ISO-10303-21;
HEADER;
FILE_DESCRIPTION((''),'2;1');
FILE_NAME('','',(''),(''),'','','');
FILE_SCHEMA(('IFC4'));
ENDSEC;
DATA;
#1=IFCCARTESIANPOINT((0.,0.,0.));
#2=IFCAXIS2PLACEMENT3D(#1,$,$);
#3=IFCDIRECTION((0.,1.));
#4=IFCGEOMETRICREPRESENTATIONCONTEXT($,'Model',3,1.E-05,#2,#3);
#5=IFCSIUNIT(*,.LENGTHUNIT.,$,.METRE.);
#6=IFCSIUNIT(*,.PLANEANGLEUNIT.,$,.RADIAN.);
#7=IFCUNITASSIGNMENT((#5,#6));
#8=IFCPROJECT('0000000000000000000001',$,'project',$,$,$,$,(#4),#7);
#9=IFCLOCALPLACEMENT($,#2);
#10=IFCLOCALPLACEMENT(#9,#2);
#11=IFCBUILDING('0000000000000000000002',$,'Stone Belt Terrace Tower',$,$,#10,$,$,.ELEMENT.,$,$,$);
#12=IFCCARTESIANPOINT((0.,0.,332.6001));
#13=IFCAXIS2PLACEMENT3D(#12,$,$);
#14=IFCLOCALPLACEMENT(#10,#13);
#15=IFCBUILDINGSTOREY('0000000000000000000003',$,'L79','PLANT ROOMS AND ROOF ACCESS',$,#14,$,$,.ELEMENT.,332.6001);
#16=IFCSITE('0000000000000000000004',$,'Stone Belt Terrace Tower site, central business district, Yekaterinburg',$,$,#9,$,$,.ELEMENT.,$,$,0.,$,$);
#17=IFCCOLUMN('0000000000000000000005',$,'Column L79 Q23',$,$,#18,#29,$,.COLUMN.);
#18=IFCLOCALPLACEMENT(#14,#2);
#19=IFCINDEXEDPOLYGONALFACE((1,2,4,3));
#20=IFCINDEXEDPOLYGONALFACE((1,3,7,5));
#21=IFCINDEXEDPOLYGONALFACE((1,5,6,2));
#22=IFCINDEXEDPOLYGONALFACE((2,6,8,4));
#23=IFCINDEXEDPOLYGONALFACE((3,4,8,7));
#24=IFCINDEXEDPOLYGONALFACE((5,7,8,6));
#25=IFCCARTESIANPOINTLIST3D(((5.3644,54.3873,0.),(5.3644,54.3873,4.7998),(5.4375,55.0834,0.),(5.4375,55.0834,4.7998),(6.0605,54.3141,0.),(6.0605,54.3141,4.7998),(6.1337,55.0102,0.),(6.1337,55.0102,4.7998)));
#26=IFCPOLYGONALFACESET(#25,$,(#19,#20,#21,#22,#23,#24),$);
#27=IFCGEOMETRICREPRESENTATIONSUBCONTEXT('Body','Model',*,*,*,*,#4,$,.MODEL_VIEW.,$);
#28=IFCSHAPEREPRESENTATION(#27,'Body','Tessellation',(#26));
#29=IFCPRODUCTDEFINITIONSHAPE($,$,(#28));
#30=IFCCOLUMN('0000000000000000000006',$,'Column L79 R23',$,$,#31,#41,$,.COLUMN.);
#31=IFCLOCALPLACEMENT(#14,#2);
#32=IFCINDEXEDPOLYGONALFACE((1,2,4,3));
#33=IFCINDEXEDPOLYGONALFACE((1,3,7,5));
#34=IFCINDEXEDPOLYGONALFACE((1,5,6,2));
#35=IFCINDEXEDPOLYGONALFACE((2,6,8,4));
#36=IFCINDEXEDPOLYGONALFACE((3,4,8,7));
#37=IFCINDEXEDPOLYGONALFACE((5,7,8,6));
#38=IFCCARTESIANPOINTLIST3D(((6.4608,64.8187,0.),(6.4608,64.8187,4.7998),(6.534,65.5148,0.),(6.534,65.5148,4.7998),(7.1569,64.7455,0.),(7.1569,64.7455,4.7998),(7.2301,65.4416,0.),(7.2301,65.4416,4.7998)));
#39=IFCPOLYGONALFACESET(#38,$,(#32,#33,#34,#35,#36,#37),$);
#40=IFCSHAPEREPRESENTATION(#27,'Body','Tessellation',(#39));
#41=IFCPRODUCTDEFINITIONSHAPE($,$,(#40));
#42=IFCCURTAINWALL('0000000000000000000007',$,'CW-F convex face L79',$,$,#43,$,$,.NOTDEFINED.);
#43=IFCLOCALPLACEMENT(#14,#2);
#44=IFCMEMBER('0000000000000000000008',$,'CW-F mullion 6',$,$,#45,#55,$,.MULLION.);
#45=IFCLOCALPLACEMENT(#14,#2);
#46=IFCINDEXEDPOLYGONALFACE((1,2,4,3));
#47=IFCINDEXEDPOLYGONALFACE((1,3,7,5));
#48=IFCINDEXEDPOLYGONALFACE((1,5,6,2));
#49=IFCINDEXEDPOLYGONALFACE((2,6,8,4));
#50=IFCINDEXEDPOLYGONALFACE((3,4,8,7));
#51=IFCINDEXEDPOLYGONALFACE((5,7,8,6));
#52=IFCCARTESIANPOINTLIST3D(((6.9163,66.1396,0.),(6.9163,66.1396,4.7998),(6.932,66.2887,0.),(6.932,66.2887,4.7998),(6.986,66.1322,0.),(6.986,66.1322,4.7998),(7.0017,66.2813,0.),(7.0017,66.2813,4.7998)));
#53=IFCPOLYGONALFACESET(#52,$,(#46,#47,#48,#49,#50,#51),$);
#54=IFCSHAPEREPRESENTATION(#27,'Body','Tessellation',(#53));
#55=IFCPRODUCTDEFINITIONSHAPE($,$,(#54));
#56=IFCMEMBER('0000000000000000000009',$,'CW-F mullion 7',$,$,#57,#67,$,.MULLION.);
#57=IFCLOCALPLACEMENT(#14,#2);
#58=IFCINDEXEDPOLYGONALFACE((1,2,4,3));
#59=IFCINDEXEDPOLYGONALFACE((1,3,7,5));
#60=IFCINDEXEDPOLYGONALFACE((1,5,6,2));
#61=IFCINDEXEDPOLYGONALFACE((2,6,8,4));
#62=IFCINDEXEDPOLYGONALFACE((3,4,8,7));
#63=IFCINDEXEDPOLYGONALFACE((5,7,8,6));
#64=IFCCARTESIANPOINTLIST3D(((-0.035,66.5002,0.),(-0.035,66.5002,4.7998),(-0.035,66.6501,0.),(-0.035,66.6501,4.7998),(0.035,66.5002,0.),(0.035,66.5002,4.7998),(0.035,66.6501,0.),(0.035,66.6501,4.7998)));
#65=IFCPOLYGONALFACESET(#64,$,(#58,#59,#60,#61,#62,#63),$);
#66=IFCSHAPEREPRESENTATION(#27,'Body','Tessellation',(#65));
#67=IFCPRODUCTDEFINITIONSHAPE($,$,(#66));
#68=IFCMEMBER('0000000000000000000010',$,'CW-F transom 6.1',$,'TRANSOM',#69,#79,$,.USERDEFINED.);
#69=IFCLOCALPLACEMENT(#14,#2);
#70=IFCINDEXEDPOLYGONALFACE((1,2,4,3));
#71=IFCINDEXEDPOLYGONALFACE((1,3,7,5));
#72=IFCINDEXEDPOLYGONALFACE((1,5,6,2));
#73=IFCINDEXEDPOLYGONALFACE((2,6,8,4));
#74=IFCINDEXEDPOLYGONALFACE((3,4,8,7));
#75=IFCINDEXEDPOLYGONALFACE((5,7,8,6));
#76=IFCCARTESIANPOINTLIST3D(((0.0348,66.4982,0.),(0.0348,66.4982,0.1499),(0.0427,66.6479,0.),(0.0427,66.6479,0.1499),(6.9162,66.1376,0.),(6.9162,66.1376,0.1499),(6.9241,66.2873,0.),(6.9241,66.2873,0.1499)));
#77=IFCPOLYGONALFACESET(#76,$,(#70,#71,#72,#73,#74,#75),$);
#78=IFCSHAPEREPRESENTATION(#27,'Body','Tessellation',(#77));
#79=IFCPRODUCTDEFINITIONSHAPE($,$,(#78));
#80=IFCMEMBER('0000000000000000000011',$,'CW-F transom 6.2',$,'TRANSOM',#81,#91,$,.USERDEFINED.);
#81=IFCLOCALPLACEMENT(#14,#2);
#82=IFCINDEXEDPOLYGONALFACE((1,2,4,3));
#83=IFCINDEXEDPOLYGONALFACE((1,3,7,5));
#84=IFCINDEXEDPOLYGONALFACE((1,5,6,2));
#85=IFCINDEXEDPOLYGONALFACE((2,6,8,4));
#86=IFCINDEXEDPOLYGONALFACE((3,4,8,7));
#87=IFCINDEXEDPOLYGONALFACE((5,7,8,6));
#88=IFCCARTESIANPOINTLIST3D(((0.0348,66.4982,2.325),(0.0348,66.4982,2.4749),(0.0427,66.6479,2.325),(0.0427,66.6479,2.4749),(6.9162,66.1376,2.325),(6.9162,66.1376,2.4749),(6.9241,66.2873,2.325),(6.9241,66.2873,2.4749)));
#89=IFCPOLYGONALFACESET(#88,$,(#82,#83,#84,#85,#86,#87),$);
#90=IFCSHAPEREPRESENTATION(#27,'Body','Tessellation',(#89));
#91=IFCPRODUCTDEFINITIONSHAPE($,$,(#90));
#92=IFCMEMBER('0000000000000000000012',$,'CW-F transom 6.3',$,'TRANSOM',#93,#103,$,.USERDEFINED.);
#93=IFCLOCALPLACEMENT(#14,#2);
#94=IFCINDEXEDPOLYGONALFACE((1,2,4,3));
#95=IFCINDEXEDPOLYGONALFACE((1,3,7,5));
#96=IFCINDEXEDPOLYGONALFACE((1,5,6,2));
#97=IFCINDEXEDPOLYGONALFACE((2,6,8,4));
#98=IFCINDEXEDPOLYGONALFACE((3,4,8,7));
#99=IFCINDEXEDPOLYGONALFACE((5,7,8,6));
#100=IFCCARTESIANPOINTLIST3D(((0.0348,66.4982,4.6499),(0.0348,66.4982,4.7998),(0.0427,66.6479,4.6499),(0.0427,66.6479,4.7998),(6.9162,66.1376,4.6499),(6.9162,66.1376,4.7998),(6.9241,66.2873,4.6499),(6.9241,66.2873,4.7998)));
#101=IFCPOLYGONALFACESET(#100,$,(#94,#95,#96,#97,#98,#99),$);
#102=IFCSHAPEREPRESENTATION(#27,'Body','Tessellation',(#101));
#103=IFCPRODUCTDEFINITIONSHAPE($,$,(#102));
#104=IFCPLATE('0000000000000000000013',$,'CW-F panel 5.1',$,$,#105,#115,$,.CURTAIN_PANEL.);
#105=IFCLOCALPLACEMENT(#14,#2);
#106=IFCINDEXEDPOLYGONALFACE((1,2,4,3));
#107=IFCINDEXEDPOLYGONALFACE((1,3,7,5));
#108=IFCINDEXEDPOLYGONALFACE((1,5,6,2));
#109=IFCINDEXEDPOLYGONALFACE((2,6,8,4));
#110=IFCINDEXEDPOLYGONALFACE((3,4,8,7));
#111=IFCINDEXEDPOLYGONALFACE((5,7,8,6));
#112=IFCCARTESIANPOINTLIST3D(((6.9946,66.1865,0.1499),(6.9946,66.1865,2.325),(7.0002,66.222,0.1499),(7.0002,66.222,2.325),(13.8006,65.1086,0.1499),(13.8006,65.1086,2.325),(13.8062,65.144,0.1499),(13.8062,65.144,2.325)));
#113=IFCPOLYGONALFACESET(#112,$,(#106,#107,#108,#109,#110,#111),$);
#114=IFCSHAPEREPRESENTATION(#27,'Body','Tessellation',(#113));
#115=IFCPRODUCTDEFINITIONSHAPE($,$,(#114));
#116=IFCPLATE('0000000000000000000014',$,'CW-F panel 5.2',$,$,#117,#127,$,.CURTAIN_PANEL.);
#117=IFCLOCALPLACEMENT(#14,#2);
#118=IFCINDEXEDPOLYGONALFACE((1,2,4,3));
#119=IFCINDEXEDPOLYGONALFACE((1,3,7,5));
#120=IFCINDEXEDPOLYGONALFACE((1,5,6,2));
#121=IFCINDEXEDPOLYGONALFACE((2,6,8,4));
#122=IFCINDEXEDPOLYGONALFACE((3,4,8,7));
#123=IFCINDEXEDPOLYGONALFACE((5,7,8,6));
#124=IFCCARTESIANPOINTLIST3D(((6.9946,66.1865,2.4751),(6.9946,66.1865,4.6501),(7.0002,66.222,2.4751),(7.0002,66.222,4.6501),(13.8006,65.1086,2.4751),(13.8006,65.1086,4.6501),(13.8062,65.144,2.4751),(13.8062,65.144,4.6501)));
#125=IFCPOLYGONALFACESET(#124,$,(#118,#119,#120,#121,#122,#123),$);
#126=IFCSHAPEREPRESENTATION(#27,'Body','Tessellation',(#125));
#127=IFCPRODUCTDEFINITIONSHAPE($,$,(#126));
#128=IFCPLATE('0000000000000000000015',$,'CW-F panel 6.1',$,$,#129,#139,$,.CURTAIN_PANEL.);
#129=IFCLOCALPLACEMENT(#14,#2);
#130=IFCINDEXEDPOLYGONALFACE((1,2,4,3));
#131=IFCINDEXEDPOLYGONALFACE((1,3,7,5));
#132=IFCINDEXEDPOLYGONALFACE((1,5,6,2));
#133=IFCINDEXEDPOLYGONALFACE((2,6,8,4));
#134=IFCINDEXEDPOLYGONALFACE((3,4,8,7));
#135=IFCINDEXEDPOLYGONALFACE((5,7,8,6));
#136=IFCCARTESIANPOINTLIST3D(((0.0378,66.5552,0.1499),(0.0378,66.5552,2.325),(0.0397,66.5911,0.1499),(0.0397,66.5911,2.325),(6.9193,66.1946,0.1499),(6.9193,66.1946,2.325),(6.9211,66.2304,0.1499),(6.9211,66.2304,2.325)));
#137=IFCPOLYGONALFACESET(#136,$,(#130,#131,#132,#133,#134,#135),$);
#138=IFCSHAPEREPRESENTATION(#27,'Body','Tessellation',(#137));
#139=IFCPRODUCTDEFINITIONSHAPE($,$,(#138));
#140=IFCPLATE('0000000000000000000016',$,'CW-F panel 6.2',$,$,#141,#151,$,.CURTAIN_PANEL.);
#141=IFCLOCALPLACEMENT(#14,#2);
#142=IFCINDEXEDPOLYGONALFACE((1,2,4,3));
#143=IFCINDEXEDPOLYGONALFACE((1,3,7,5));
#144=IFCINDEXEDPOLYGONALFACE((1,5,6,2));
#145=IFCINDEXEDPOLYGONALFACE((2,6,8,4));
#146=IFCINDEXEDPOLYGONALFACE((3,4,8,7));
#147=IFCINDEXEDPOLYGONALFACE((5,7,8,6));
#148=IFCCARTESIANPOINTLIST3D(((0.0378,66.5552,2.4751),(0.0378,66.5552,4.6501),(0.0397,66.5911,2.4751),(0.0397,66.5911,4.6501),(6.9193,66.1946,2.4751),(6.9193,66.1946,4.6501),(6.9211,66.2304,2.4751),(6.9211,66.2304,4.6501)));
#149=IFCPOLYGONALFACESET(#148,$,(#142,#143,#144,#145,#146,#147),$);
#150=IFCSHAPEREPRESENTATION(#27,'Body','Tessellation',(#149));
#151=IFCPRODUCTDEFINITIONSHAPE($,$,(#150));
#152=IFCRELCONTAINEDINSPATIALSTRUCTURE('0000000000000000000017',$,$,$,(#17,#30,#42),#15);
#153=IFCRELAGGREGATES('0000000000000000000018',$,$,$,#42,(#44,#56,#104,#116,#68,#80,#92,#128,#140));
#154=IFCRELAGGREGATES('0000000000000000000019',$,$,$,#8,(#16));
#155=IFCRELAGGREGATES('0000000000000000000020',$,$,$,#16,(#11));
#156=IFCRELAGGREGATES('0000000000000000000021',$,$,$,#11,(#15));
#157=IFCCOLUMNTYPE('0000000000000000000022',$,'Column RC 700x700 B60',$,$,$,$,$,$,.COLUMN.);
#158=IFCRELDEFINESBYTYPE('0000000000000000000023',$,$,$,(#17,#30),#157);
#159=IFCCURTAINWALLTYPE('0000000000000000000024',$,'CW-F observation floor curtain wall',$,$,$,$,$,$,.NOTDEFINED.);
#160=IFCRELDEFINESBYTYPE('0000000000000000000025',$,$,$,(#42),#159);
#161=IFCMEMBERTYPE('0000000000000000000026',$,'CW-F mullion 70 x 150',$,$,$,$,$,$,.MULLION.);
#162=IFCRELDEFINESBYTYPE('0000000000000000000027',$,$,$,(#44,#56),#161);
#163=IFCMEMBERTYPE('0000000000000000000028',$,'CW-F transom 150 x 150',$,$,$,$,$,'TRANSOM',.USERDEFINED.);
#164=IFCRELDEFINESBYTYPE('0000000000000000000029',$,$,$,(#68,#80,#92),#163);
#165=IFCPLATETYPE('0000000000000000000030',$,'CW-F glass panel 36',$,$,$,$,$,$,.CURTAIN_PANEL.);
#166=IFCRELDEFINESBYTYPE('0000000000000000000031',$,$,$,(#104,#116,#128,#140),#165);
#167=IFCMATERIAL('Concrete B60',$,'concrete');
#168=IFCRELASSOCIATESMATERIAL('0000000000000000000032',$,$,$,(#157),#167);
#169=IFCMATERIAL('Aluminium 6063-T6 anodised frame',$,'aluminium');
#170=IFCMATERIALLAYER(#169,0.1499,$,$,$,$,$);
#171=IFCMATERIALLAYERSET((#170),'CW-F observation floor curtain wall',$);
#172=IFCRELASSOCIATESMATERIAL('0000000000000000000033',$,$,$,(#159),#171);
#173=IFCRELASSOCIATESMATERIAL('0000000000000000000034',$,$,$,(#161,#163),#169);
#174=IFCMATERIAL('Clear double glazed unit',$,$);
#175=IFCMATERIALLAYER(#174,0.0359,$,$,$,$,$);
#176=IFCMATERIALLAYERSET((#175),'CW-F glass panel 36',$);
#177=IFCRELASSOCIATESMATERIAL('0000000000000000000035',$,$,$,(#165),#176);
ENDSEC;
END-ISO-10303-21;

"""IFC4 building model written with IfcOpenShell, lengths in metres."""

from ifc_helpers import new_model, si_unit, direction, frame, origin, origin_2d, place, context, subcontext, project, spatial, rectangle, extrude, material, layer, layer_set, material_profile, profile_set, type_object, element, aggregate, save


model = new_model("IFC4")

# Units and contexts
model_context = context("Model", 3, precision=1e-05, world=origin(), true_north=direction((0.0, 1.0)))
body_context = subcontext(model_context, "Body", "Model", "MODEL_VIEW")
ifc_project = project(units=[si_unit("LENGTHUNIT", "METRE"), si_unit("PLANEANGLEUNIT", "RADIAN")], contexts=[model_context])

# Site, building, storey
site_placement = place(None, origin())
site = spatial("IfcSite", under=ifc_project, at=site_placement, Name="Stone Belt Terrace Tower site, central business district, Yekaterinburg", CompositionType="ELEMENT", RefElevation=0.0)
building_placement = place(site_placement, origin())
building = spatial("IfcBuilding", under=site, at=building_placement, Name="Stone Belt Terrace Tower", CompositionType="ELEMENT")
storey_placement = place(building_placement, frame((0.0, 0.0, 332.6001)))
storey = spatial("IfcBuildingStorey", under=building, at=storey_placement, Name="L79", Description="PLANT ROOMS AND ROOF ACCESS", CompositionType="ELEMENT", Elevation=332.6001)

# Columns
ifc_material_1 = material(Name="Concrete B60", Category="concrete")
ifc_material_profile_1 = material_profile(ifc_material_1, rectangle(XDim=0.7, YDim=0.7, at=origin_2d()), Name="RC 700x700")
ifc_profile_set_1 = profile_set([ifc_material_profile_1], Name="Concrete B60")
column_type = type_object("IfcColumnType", Name="Column RC 700x700 B60", PredefinedType="COLUMN", material=ifc_profile_set_1)
for number, where, z_axis, x_axis, name in (
    (1, (5.749, 54.6987, 0.0), (0.0, 0.0, 1.0), (0.994522, -0.104528, 0.0), "Column L79 Q23"),
    (2, (6.8455, 65.1301, 0.0), (0.0, 0.0, 1.0), (0.994522, -0.104528, 0.0), "Column L79 R23"),
):
    element("IfcColumn", number, at=place(storey_placement, frame(where, z_axis=z_axis, x_axis=x_axis)), inside=storey, type_object=column_type, Name=name, PredefinedType="COLUMN", context=body_context, shape_type="SweptSolid", body=[
        extrude(rectangle(XDim=0.7, YDim=0.7, at=origin_2d()), origin(), (0.0, 0.0, 1.0), 4.7998),
    ])

# Curtain wall, members, plates
ifc_material_2 = material(Name="Aluminium 6063-T6 anodised frame", Category="aluminium")
ifc_layer_1 = layer(ifc_material_2, 0.1499)
ifc_layer_set_1 = layer_set([ifc_layer_1], Name="CW-F observation floor curtain wall")
curtain_wall_type = type_object("IfcCurtainWallType", Name="CW-F observation floor curtain wall", PredefinedType="NOTDEFINED", material=ifc_layer_set_1)
curtain_wall_placement = place(storey_placement, origin())
curtain_wall = element("IfcCurtainWall", 3, at=curtain_wall_placement, inside=storey, type_object=curtain_wall_type, Name="CW-F convex face L79", PredefinedType="NOTDEFINED")
ifc_material_profile_2 = material_profile(ifc_material_2, rectangle(XDim=0.1499, YDim=0.0701, at=origin_2d()), Name="Aluminium 6063-T6 70x150")
ifc_profile_set_2 = profile_set([ifc_material_profile_2], Name="Aluminium 6063-T6 anodised frame")
member_type_1 = type_object("IfcMemberType", Name="CW-F mullion 70 x 150", PredefinedType="MULLION", material=ifc_profile_set_2)
member_1_placement = place(storey_placement, frame((6.959, 66.2104, 0.0), z_axis=(0.0, 0.0, 1.0), x_axis=(-0.104528, -0.994522, 0.0)))
member_1 = element("IfcMember", 4, at=member_1_placement, type_object=member_type_1, Name="CW-F mullion 6", PredefinedType="MULLION", context=body_context, shape_type="SweptSolid", body=[
    extrude(rectangle(XDim=0.1499, YDim=0.0701, at=origin_2d()), origin(), (0.0, 0.0, 1.0), 4.7998),
])
member_2_placement = place(storey_placement, frame((0.0, 66.5752, 0.0), z_axis=(0.0, 0.0, 1.0), x_axis=(0.0, -1.0, 0.0)))
member_2 = element("IfcMember", 5, at=member_2_placement, type_object=member_type_1, Name="CW-F mullion 7", PredefinedType="MULLION", context=body_context, shape_type="SweptSolid", body=[
    extrude(rectangle(XDim=0.1499, YDim=0.0701, at=origin_2d()), origin(), (0.0, 0.0, 1.0), 4.7998),
])
ifc_material_profile_3 = material_profile(ifc_material_2, rectangle(XDim=0.1499, YDim=0.1499, at=origin_2d()), Name="Aluminium 6063-T6 150x150")
ifc_profile_set_3 = profile_set([ifc_material_profile_3], Name="Aluminium 6063-T6 anodised frame")
member_type_2 = type_object("IfcMemberType", Name="CW-F transom 150 x 150", ElementType="TRANSOM", PredefinedType="USERDEFINED", material=ifc_profile_set_3)
member_3_placement = place(storey_placement, frame((6.9202, 66.2124, 0.075), z_axis=(-0.99863, 0.05233, 0.0), x_axis=(-0.05233, -0.99863, 0.0)))
member_3 = element("IfcMember", 6, at=member_3_placement, type_object=member_type_2, Name="CW-F transom 6.1", ObjectType="TRANSOM", PredefinedType="USERDEFINED", context=body_context, shape_type="SweptSolid", body=[
    extrude(rectangle(XDim=0.1499, YDim=0.1499, at=origin_2d()), origin(), (0.0, 0.0, 1.0), 6.8909),
])
member_4_placement = place(storey_placement, frame((6.9202, 66.2124, 2.3999), z_axis=(-0.99863, 0.05233, 0.0), x_axis=(-0.05233, -0.99863, 0.0)))
member_4 = element("IfcMember", 7, at=member_4_placement, type_object=member_type_2, Name="CW-F transom 6.2", ObjectType="TRANSOM", PredefinedType="USERDEFINED", context=body_context, shape_type="SweptSolid", body=[
    extrude(rectangle(XDim=0.1499, YDim=0.1499, at=origin_2d()), origin(), (0.0, 0.0, 1.0), 6.8909),
])
member_5_placement = place(storey_placement, frame((6.9202, 66.2124, 4.7249), z_axis=(-0.99863, 0.05233, 0.0), x_axis=(-0.05233, -0.99863, 0.0)))
member_5 = element("IfcMember", 8, at=member_5_placement, type_object=member_type_2, Name="CW-F transom 6.3", ObjectType="TRANSOM", PredefinedType="USERDEFINED", context=body_context, shape_type="SweptSolid", body=[
    extrude(rectangle(XDim=0.1499, YDim=0.1499, at=origin_2d()), origin(), (0.0, 0.0, 1.0), 6.8909),
])
ifc_material_3 = material(Name="Clear double glazed unit")
ifc_layer_2 = layer(ifc_material_3, 0.0359)
ifc_layer_set_2 = layer_set([ifc_layer_2], Name="CW-F glass panel 36")
plate_type = type_object("IfcPlateType", Name="CW-F glass panel 36", PredefinedType="CURTAIN_PANEL", material=ifc_layer_set_2)
plate_1_placement = place(storey_placement, frame((10.4004, 65.6653, 0.1499), z_axis=(0.0, 0.0, 1.0), x_axis=(-0.987688, 0.156434, 0.0)))
plate_1 = element("IfcPlate", 9, at=plate_1_placement, type_object=plate_type, Name="CW-F panel 5.1", PredefinedType="CURTAIN_PANEL", context=body_context, shape_type="SweptSolid", body=[
    extrude(rectangle(XDim=6.8909, YDim=0.0359, at=origin_2d()), origin(), (0.0, 0.0, 1.0), 2.175),
])
plate_2_placement = place(storey_placement, frame((10.4004, 65.6653, 2.4751), z_axis=(0.0, 0.0, 1.0), x_axis=(-0.987688, 0.156434, 0.0)))
plate_2 = element("IfcPlate", 10, at=plate_2_placement, type_object=plate_type, Name="CW-F panel 5.2", PredefinedType="CURTAIN_PANEL", context=body_context, shape_type="SweptSolid", body=[
    extrude(rectangle(XDim=6.8909, YDim=0.0359, at=origin_2d()), origin(), (0.0, 0.0, 1.0), 2.175),
])
plate_3_placement = place(storey_placement, frame((3.4795, 66.3928, 0.1499), z_axis=(0.0, 0.0, 1.0), x_axis=(-0.99863, 0.052336, 0.0)))
plate_3 = element("IfcPlate", 11, at=plate_3_placement, type_object=plate_type, Name="CW-F panel 6.1", PredefinedType="CURTAIN_PANEL", context=body_context, shape_type="SweptSolid", body=[
    extrude(rectangle(XDim=6.8909, YDim=0.0359, at=origin_2d()), origin(), (0.0, 0.0, 1.0), 2.175),
])
plate_4_placement = place(storey_placement, frame((3.4795, 66.3928, 2.4751), z_axis=(0.0, 0.0, 1.0), x_axis=(-0.99863, 0.052336, 0.0)))
plate_4 = element("IfcPlate", 12, at=plate_4_placement, type_object=plate_type, Name="CW-F panel 6.2", PredefinedType="CURTAIN_PANEL", context=body_context, shape_type="SweptSolid", body=[
    extrude(rectangle(XDim=6.8909, YDim=0.0359, at=origin_2d()), origin(), (0.0, 0.0, 1.0), 2.175),
])
aggregate(curtain_wall, [member_1, member_2, plate_1, plate_2, member_3, member_4, member_5, plate_3, plate_4])

save(model, "model.ifc")
